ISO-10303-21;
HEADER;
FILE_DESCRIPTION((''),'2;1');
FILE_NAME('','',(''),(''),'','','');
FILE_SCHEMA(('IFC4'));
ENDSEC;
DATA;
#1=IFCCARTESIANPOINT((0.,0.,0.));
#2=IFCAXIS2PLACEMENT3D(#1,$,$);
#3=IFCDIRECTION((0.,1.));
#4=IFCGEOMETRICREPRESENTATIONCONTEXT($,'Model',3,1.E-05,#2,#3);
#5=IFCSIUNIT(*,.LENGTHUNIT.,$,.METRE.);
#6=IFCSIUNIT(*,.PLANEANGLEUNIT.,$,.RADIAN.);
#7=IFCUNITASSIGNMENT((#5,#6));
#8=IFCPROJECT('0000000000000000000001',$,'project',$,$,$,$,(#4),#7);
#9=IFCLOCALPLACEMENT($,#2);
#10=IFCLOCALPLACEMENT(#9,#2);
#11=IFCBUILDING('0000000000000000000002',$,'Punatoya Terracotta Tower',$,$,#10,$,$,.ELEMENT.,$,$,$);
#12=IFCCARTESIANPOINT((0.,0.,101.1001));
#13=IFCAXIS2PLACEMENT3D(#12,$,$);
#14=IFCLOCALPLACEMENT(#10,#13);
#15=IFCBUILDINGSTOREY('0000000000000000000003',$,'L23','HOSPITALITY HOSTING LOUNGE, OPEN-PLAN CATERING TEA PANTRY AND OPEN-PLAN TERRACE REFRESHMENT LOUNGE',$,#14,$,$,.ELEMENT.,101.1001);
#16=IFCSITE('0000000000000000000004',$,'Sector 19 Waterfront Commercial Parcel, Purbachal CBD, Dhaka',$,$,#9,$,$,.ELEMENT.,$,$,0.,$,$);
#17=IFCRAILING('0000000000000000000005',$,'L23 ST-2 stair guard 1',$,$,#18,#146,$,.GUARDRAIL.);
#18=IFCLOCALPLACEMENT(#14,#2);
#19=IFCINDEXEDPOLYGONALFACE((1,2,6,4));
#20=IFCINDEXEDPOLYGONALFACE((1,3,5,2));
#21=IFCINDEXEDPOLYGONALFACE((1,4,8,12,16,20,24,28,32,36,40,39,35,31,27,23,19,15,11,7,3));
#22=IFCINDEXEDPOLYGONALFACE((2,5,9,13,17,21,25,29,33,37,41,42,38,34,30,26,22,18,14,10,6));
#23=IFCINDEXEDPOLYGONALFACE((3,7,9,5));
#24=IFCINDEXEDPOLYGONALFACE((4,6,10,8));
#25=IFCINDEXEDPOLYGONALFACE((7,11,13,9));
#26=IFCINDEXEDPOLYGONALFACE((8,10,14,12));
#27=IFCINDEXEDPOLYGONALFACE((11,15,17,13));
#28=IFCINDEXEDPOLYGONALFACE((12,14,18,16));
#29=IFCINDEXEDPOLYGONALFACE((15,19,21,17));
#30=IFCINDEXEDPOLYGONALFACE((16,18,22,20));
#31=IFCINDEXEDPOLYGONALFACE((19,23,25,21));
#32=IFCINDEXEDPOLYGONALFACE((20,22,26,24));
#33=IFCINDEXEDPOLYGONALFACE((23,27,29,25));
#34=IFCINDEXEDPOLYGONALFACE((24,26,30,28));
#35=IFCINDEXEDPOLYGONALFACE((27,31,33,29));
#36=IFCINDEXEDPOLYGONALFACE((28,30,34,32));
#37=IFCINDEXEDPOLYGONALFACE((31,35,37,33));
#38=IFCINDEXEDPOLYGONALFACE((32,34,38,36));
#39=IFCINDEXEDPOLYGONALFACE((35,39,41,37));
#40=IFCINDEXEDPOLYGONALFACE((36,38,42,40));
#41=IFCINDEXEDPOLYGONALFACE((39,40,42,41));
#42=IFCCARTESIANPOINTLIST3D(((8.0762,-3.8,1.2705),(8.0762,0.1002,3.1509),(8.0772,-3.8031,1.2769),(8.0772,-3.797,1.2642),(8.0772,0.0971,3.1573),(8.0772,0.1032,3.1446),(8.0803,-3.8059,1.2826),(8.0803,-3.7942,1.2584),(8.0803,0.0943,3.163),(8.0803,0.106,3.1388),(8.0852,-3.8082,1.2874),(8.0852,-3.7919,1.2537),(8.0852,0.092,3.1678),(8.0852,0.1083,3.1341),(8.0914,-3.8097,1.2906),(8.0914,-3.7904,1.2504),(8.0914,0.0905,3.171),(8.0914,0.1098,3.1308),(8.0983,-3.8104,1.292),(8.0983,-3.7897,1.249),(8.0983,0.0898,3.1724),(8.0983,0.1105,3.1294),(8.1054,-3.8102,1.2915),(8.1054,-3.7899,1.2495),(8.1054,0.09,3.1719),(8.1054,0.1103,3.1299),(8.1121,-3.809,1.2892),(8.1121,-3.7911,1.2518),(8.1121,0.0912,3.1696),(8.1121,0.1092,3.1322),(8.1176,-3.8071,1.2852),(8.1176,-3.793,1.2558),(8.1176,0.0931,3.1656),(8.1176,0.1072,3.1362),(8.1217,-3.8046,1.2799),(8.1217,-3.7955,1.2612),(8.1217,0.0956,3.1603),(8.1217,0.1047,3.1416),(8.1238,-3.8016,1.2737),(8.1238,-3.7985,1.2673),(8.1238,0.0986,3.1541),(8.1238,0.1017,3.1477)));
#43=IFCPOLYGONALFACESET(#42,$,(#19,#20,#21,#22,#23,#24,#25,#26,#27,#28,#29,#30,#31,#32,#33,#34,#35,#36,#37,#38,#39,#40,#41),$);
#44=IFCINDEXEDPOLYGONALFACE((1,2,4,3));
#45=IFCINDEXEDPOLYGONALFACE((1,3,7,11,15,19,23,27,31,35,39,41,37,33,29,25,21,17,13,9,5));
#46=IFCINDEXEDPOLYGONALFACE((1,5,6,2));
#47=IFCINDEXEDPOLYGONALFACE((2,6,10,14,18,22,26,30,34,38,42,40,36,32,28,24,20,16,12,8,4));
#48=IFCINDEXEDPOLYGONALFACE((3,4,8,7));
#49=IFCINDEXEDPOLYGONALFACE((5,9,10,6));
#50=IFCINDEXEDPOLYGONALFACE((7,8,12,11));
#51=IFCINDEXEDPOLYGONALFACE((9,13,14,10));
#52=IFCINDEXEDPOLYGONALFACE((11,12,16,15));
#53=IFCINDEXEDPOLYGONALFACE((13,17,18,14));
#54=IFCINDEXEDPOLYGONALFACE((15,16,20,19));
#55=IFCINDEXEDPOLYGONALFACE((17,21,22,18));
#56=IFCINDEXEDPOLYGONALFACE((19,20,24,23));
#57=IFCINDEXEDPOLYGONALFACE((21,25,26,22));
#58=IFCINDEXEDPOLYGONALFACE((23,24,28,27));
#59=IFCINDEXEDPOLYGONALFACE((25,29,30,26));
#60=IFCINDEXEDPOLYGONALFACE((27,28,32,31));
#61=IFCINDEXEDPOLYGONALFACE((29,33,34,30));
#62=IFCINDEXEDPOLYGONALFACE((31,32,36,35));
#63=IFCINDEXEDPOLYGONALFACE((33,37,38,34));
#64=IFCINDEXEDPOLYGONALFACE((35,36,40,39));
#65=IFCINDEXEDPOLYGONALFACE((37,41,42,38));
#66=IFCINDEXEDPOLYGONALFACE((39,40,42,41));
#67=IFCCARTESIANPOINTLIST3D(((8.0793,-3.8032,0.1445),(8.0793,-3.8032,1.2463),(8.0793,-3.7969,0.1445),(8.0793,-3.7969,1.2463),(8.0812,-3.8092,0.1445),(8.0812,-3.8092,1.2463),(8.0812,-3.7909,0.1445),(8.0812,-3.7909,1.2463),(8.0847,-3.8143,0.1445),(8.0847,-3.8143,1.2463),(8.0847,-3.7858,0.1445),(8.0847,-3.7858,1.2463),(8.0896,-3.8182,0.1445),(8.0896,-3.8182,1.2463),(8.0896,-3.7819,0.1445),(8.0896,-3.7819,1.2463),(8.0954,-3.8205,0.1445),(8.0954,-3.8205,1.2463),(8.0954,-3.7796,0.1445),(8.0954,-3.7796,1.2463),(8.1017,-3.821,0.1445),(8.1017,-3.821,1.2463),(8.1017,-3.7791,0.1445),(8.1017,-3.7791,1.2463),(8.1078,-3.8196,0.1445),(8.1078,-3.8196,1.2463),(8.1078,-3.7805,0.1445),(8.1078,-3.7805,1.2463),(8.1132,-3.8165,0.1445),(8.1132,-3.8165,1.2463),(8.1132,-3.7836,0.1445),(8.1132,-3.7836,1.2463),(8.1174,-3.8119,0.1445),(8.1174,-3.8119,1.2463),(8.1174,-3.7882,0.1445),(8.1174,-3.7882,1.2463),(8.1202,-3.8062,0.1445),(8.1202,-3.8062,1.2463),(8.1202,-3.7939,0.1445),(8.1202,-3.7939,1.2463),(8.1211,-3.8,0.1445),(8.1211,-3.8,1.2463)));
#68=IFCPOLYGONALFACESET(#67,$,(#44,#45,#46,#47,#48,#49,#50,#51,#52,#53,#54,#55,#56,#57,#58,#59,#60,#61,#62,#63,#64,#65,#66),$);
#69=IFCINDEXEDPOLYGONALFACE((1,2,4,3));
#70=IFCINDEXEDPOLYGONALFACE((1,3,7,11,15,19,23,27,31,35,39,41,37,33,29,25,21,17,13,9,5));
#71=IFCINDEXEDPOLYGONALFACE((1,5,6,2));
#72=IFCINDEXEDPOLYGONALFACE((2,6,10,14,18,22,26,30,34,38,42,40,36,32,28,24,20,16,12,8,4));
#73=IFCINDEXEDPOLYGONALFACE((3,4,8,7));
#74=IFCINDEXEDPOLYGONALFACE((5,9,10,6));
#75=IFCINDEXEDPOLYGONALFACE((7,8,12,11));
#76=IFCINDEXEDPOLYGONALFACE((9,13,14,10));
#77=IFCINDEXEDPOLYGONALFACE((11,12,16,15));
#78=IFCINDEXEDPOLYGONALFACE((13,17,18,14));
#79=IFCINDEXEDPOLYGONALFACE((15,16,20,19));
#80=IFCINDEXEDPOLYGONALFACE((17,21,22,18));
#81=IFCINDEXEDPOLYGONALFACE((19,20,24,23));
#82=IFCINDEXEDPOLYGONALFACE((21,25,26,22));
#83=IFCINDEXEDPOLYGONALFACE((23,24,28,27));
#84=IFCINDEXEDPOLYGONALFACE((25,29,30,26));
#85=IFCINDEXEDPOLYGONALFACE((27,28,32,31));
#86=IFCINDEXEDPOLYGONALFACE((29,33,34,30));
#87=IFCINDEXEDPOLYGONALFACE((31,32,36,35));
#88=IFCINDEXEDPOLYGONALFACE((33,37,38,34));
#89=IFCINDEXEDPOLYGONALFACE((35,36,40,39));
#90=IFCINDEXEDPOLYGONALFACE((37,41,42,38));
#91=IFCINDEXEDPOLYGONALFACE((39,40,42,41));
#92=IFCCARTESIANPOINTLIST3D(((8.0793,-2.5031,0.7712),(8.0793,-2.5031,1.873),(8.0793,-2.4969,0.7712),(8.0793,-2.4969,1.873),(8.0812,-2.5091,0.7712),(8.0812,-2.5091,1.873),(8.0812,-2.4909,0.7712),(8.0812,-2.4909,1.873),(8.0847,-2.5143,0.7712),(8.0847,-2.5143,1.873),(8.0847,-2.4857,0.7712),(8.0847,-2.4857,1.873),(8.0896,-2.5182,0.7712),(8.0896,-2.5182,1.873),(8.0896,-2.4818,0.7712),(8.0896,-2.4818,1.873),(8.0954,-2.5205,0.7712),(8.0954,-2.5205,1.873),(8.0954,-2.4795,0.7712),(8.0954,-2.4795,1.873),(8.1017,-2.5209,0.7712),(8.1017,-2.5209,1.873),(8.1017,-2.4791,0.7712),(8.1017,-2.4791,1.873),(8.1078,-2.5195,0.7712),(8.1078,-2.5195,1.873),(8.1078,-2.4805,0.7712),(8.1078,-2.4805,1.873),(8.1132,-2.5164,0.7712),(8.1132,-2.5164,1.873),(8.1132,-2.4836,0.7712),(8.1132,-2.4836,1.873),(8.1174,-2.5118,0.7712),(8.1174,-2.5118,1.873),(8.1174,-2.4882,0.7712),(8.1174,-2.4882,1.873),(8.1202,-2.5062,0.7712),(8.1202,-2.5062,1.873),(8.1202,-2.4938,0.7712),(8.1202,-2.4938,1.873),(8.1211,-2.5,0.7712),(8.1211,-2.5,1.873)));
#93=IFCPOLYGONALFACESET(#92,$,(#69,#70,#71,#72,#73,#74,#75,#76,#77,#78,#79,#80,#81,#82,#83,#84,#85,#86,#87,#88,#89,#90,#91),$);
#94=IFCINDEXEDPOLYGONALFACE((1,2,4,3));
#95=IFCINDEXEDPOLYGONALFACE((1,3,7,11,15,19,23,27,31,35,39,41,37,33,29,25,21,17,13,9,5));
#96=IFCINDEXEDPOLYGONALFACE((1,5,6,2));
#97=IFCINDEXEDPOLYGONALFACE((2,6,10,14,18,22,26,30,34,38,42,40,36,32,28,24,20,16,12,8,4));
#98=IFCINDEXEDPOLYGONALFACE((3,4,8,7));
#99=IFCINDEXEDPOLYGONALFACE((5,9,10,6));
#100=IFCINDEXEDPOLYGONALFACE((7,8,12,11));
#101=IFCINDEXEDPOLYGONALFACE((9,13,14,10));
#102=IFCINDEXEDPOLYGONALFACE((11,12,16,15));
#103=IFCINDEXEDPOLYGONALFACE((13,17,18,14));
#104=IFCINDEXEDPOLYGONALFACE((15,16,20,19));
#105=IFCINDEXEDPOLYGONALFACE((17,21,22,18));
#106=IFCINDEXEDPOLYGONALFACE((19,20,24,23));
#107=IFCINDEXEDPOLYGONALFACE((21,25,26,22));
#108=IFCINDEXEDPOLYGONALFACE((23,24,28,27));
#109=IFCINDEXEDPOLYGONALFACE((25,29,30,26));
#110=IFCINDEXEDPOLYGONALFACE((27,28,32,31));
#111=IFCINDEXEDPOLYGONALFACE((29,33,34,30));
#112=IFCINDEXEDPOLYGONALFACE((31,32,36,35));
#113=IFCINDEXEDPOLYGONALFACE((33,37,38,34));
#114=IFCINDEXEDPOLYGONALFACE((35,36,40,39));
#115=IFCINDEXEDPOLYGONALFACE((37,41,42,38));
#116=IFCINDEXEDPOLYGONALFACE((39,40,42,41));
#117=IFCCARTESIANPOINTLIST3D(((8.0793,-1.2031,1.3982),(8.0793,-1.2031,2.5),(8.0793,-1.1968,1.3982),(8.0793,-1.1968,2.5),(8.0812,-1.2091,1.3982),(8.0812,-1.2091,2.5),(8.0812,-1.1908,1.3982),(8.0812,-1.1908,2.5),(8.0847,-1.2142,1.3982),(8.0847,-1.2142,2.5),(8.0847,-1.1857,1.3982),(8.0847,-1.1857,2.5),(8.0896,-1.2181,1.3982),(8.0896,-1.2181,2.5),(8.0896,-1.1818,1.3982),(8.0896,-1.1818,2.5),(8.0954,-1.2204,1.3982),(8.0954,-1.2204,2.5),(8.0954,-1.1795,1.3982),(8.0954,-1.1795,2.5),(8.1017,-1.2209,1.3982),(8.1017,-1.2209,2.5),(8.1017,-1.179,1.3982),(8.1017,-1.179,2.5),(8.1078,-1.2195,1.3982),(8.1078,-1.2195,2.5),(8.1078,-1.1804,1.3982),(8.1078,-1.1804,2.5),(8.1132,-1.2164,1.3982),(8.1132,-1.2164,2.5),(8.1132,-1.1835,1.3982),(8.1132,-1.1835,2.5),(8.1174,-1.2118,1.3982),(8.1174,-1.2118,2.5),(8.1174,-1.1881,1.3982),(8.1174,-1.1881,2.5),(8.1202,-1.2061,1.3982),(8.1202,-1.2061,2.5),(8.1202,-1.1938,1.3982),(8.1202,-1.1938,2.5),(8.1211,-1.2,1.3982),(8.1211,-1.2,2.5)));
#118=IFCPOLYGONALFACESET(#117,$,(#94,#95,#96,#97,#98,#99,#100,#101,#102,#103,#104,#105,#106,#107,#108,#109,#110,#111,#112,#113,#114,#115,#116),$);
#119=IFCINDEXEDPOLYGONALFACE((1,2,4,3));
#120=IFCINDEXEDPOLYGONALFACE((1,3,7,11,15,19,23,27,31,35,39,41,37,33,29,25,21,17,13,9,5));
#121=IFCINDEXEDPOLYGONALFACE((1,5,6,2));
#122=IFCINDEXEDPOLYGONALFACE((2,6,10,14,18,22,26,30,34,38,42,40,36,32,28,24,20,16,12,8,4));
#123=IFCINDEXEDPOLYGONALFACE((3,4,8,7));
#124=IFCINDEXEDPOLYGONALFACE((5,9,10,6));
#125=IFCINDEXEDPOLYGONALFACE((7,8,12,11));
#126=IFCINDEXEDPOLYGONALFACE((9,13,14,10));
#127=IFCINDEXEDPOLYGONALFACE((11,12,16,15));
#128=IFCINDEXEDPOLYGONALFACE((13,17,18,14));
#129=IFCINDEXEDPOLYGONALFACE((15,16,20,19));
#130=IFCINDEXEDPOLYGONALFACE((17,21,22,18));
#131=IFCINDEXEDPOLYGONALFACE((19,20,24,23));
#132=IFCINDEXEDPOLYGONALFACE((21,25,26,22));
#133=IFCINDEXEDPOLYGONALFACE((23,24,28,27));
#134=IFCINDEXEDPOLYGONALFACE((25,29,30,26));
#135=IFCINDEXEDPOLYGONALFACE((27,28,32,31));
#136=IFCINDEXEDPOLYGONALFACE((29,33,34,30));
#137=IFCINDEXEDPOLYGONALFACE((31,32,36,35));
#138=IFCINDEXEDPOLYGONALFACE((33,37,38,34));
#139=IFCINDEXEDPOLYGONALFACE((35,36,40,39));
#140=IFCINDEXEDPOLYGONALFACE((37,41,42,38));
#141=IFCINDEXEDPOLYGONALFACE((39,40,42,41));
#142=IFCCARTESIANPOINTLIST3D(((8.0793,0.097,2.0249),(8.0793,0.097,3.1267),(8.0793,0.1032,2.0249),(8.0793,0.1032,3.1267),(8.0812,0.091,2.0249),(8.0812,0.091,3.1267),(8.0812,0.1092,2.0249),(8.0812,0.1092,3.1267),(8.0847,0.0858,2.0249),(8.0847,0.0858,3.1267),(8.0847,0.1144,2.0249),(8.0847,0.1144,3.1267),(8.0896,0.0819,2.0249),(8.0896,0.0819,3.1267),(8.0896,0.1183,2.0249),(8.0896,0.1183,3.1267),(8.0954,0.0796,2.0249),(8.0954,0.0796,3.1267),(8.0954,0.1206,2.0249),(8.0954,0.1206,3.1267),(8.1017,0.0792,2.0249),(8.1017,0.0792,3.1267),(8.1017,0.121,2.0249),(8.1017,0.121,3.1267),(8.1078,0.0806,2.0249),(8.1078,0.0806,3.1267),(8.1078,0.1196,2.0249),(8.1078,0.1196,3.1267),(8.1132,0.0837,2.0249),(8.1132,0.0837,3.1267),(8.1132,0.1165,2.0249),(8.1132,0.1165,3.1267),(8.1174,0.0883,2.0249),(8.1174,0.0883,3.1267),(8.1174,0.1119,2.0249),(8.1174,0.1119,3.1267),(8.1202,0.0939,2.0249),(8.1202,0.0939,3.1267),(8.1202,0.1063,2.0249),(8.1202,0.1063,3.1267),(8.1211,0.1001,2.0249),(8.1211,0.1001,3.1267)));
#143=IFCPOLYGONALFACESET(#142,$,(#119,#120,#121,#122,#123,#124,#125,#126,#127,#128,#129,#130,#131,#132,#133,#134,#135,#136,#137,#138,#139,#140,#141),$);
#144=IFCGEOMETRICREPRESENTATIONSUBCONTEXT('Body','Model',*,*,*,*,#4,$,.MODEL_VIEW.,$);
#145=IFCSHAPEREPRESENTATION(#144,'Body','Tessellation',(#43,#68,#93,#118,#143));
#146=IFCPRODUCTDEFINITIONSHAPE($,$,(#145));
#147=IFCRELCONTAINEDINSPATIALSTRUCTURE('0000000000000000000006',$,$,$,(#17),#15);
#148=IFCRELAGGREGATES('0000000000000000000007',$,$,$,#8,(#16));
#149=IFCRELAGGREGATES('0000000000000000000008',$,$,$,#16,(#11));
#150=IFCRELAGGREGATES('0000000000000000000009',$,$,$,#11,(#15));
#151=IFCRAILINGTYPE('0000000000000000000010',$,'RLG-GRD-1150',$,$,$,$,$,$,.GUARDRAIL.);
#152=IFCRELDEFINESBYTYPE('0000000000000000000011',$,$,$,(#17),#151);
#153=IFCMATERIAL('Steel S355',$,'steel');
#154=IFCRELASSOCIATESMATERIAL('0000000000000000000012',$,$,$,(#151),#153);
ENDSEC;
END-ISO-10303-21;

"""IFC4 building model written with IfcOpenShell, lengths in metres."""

from ifc_helpers import new_model, si_unit, direction, frame, origin, origin_2d, place, context, subcontext, project, spatial, circle, extrude, material, type_object, element, save


model = new_model("IFC4")

# Units and contexts
model_context = context("Model", 3, precision=1e-05, world=origin(), true_north=direction((0.0, 1.0)))
body_context = subcontext(model_context, "Body", "Model", "MODEL_VIEW")
ifc_project = project(units=[si_unit("LENGTHUNIT", "METRE"), si_unit("PLANEANGLEUNIT", "RADIAN")], contexts=[model_context])

# Site, building, storey
site_placement = place(None, origin())
site = spatial("IfcSite", under=ifc_project, at=site_placement, Name="Sector 19 Waterfront Commercial Parcel, Purbachal CBD, Dhaka", CompositionType="ELEMENT", RefElevation=0.0)
building_placement = place(site_placement, origin())
building = spatial("IfcBuilding", under=site, at=building_placement, Name="Punatoya Terracotta Tower", CompositionType="ELEMENT")
storey_placement = place(building_placement, frame((0.0, 0.0, 101.1001)))
storey = spatial("IfcBuildingStorey", under=building, at=storey_placement, Name="L23", Description="HOSPITALITY HOSTING LOUNGE, OPEN-PLAN CATERING TEA PANTRY AND OPEN-PLAN TERRACE REFRESHMENT LOUNGE", CompositionType="ELEMENT", Elevation=101.1001)

# Shared definitions
ifc_material_1 = material(Name="Steel S355", Category="steel")

# Railing
railing_type_1 = type_object("IfcRailingType", Name="RLG-GRD-1150", PredefinedType="GUARDRAIL", material=ifc_material_1)
railing_1_placement = place(storey_placement, frame((8.1001, -3.8, 0.1445)))
element("IfcRailing", 1, at=railing_1_placement, inside=storey, type_object=railing_type_1, Name="L23 ST-2 stair guard 1", PredefinedType="GUARDRAIL", context=body_context, shape_type="SweptSolid", body=[
    extrude(circle(Radius=0.0239, at=origin_2d()), frame((0.0, 0.0, 1.126), z_axis=(0.0, 0.900774, 0.434289), x_axis=(-1.0, 0.0, 0.0)), (0.0, 0.0, 1.0), 4.3298),
    extrude(circle(Radius=0.021, at=origin_2d()), origin(), (0.0, 0.0, 1.0), 1.1018),
    extrude(circle(Radius=0.021, at=origin_2d()), frame((0.0, 1.3, 0.6267)), (0.0, 0.0, 1.0), 1.1018),
    extrude(circle(Radius=0.021, at=origin_2d()), frame((0.0, 2.6001, 1.2537)), (0.0, 0.0, 1.0), 1.1018),
    extrude(circle(Radius=0.021, at=origin_2d()), frame((0.0, 3.9001, 1.8804)), (0.0, 0.0, 1.0), 1.1018),
])

save(model, "model.ifc")
